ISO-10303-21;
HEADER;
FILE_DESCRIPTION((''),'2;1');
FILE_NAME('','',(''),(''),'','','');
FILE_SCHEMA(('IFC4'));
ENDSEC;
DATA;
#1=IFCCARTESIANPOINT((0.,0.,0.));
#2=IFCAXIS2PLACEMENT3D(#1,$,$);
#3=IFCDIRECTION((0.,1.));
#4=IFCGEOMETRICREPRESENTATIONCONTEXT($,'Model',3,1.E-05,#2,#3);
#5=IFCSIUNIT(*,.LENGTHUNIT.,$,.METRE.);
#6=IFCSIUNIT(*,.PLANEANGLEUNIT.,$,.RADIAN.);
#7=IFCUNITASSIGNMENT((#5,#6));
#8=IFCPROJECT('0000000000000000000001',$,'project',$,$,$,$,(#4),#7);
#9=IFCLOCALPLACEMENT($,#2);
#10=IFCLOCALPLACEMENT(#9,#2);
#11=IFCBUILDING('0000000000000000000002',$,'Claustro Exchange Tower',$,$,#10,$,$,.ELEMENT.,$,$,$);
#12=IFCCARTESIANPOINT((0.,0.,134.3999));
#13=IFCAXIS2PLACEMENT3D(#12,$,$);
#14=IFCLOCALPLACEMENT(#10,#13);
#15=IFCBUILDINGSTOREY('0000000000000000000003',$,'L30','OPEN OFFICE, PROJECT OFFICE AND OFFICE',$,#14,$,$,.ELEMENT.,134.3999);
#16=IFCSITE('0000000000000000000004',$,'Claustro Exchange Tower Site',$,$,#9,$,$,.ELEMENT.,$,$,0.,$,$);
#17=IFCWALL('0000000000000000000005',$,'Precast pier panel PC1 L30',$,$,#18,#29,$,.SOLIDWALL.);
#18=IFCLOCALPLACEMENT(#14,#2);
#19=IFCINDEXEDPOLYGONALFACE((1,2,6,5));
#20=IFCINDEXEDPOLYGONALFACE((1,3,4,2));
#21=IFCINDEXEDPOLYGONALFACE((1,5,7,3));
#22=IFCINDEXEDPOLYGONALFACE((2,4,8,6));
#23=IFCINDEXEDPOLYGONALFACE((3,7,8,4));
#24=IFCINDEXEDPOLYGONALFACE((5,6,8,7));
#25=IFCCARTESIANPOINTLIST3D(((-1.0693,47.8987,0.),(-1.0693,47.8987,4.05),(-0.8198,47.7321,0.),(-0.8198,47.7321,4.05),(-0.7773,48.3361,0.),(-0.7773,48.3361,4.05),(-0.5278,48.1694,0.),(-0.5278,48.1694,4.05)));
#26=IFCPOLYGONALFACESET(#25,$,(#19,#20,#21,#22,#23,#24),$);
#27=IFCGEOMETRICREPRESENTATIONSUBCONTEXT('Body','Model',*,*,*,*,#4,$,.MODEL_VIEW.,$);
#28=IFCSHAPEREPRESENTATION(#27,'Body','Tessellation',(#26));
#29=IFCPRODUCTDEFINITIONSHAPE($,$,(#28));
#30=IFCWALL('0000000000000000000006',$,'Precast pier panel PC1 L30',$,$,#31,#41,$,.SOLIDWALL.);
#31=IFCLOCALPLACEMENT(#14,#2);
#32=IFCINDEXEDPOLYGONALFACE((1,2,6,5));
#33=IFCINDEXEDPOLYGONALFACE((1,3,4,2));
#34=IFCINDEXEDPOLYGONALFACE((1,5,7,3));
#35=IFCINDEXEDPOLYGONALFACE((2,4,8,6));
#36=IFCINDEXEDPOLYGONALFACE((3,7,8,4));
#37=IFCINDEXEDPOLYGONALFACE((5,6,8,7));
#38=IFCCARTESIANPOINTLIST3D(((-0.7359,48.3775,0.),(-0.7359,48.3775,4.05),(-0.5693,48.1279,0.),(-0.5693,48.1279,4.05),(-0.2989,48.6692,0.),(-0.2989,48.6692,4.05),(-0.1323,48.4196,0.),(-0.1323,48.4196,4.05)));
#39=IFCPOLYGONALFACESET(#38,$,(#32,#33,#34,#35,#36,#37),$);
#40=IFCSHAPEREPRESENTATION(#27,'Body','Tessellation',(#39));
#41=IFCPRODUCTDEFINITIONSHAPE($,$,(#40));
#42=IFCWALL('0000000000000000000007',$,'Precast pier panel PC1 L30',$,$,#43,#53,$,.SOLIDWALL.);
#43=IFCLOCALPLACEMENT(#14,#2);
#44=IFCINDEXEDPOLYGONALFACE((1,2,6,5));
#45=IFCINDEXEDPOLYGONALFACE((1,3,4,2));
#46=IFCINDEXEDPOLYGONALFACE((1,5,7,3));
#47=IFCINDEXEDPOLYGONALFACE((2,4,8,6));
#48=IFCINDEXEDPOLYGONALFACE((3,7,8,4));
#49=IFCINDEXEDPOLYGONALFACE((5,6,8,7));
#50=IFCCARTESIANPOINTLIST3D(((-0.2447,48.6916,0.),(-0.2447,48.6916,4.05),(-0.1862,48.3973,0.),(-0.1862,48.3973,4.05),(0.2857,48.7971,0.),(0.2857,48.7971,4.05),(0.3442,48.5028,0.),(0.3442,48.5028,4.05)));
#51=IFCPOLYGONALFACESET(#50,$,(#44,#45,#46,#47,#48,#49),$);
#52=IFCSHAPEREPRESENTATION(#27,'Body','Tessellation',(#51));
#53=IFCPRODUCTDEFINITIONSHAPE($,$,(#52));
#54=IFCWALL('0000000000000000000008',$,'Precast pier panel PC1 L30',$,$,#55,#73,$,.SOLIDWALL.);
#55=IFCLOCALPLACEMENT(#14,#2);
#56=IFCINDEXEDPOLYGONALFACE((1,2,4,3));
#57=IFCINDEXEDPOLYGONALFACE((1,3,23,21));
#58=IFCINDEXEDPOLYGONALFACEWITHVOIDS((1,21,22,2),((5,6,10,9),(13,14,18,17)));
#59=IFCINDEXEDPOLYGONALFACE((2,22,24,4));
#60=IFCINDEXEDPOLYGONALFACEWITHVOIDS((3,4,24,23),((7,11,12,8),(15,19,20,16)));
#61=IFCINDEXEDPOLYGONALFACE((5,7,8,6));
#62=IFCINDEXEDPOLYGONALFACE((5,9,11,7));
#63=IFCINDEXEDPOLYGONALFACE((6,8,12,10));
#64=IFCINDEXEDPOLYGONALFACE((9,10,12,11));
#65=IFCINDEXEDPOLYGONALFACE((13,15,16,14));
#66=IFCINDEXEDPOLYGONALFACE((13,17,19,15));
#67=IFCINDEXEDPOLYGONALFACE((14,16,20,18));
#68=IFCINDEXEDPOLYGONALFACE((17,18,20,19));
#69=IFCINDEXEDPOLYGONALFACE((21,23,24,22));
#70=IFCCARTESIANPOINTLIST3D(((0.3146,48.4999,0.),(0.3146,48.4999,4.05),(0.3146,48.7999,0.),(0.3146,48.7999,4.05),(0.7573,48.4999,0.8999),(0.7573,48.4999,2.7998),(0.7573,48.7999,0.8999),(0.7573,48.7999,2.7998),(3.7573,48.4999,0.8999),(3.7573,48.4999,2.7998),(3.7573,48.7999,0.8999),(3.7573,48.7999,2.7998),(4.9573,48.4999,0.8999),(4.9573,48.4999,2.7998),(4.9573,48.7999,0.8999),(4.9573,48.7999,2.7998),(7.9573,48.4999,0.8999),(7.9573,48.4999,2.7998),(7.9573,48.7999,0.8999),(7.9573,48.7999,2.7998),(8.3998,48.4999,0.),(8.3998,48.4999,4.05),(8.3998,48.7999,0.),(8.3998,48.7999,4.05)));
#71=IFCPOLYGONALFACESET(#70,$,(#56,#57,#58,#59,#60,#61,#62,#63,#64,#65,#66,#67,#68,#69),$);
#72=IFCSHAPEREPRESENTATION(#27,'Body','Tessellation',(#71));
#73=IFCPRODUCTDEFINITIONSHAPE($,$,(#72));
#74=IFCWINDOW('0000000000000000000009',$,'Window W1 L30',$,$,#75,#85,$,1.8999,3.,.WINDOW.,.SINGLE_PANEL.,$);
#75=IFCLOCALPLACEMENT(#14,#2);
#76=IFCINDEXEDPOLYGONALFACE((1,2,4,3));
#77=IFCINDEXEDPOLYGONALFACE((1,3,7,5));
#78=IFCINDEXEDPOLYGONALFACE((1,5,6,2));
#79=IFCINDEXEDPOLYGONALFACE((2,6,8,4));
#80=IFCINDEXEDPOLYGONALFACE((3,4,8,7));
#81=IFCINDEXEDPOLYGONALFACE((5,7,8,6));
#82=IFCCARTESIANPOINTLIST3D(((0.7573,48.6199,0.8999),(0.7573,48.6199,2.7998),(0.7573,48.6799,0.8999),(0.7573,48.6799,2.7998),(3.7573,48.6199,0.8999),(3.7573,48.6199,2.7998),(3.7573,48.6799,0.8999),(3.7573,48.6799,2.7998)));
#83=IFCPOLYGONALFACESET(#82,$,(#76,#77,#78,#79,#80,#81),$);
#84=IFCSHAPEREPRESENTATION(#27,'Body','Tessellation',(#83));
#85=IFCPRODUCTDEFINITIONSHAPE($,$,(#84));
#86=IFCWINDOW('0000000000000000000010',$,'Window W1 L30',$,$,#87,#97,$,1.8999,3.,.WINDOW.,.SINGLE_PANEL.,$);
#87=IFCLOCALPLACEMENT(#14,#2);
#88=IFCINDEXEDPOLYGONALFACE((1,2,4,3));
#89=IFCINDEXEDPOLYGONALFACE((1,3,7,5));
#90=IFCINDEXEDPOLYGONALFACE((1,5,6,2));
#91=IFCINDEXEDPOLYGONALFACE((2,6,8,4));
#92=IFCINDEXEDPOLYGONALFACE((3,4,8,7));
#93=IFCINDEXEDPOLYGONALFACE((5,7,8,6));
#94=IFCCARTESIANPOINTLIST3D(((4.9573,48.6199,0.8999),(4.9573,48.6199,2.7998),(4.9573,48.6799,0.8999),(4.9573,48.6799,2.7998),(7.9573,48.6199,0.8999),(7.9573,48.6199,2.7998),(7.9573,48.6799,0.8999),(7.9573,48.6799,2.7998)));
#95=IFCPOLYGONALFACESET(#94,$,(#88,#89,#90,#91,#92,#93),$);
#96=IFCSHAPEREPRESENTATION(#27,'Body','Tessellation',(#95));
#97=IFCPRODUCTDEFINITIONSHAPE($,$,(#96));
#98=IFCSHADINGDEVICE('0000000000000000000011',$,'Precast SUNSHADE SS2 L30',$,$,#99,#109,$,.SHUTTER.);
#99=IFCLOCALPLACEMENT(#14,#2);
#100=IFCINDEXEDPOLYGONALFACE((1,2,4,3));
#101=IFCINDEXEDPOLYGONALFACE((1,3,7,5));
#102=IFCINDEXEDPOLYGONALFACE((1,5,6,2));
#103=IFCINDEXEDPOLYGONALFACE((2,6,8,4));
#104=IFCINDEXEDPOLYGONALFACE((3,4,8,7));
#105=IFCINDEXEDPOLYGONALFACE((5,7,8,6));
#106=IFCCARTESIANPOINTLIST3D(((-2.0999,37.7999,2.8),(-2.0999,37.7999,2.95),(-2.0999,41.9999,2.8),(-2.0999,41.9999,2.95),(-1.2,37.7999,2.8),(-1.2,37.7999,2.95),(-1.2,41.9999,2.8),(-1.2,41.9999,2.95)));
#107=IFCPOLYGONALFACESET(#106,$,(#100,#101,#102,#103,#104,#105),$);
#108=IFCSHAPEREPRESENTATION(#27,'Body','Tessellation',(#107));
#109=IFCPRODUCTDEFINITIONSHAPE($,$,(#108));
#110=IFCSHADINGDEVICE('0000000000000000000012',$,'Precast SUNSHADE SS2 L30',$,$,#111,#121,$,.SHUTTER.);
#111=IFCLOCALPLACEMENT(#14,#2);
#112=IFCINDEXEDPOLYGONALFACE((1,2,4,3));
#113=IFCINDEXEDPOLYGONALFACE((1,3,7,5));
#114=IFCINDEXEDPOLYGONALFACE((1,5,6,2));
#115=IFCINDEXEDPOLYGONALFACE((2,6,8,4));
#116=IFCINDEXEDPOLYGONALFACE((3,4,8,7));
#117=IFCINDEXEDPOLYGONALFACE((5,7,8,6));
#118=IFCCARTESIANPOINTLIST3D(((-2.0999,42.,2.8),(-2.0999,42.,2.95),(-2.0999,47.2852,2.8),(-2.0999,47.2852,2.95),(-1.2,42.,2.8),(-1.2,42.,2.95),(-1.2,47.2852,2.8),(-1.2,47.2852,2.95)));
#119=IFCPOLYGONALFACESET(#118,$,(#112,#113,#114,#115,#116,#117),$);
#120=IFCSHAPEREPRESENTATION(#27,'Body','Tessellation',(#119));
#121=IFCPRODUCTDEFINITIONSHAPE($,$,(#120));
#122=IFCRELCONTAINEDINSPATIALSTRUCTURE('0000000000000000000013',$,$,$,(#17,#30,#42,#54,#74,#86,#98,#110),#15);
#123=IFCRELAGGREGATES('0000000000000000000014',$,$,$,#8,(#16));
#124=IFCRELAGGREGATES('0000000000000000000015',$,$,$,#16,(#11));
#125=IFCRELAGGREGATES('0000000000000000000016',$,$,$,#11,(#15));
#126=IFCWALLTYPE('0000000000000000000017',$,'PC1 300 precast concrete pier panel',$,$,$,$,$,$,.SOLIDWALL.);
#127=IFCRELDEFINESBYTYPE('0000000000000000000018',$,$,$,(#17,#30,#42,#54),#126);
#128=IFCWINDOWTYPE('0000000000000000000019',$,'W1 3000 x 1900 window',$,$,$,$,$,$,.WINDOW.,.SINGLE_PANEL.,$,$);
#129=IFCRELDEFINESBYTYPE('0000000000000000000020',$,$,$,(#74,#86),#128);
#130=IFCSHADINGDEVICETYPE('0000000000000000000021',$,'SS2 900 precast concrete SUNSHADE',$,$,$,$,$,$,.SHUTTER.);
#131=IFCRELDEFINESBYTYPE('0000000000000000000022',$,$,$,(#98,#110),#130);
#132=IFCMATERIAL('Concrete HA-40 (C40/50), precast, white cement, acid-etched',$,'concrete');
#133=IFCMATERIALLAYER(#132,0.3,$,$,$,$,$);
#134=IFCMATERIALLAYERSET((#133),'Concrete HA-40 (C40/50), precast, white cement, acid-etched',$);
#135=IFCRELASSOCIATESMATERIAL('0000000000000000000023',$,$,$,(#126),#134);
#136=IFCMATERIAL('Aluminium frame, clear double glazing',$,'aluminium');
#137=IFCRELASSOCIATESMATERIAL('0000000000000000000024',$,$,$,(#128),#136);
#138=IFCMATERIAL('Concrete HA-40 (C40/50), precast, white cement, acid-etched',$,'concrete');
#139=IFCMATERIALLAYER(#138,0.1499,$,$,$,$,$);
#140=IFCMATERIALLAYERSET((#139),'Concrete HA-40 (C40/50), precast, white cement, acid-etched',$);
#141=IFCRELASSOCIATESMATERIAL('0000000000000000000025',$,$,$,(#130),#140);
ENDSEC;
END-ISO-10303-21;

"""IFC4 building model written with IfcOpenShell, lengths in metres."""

from ifc_helpers import new_model, si_unit, direction, frame, frame_2d, origin, origin_2d, place, context, subcontext, project, spatial, rectangle, extrude, material, layer, layer_set, type_object, element, fill, save


model = new_model("IFC4")

# Units and contexts
model_context = context("Model", 3, precision=1e-05, world=origin(), true_north=direction((0.0, 1.0)))
body_context = subcontext(model_context, "Body", "Model", "MODEL_VIEW")
ifc_project = project(units=[si_unit("LENGTHUNIT", "METRE"), si_unit("PLANEANGLEUNIT", "RADIAN")], contexts=[model_context])

# Site, building, storey
site_placement = place(None, origin())
site = spatial("IfcSite", under=ifc_project, at=site_placement, Name="Claustro Exchange Tower Site", CompositionType="ELEMENT", RefElevation=0.0)
building_placement = place(site_placement, origin())
building = spatial("IfcBuilding", under=site, at=building_placement, Name="Claustro Exchange Tower", CompositionType="ELEMENT")
storey_placement = place(building_placement, frame((0.0, 0.0, 134.3999)))
storey = spatial("IfcBuildingStorey", under=building, at=storey_placement, Name="L30", Description="OPEN OFFICE, PROJECT OFFICE AND OFFICE", CompositionType="ELEMENT", Elevation=134.3999)

# Shared definitions
ifc_material_1 = material(Name="Concrete HA-40 (C40/50), precast, white cement, acid-etched", Category="concrete")
ifc_layer_1 = layer(ifc_material_1, 0.3)
ifc_layer_set_1 = layer_set([ifc_layer_1], Name="Concrete HA-40 (C40/50), precast, white cement, acid-etched")
wall_type_1 = type_object("IfcWallType", Name="PC1 300 precast concrete pier panel", PredefinedType="SOLIDWALL", material=ifc_layer_set_1)

# Walls
wall_1_placement = place(storey_placement, frame((-0.9446, 47.8154, 0.0), z_axis=(0.0, 0.0, 1.0), x_axis=(0.555343, 0.831621, 0.0)))
element("IfcWall", 1, at=wall_1_placement, inside=storey, type_object=wall_type_1, Name="Precast pier panel PC1 L30", PredefinedType="SOLIDWALL", context=body_context, shape_type="SweptSolid", body=[
    extrude(rectangle(XDim=0.5259, YDim=0.3, at=frame_2d((0.2629, 0.0))), origin(), (0.0, 0.0, 1.0), 4.05),
])
wall_2_placement = place(storey_placement, frame((-0.6526, 48.2527, 0.0), z_axis=(0.0, 0.0, 1.0), x_axis=(0.831693, 0.555236, 0.0)))
element("IfcWall", 2, at=wall_2_placement, inside=storey, type_object=wall_type_1, Name="Precast pier panel PC1 L30", PredefinedType="SOLIDWALL", context=body_context, shape_type="SweptSolid", body=[
    extrude(rectangle(XDim=0.5254, YDim=0.3, at=frame_2d((0.2627, 0.0))), origin(), (0.0, 0.0, 1.0), 4.05),
])
wall_3_placement = place(storey_placement, frame((-0.2156, 48.5444, 0.0), z_axis=(0.0, 0.0, 1.0), x_axis=(0.980789, 0.195074, 0.0)))
element("IfcWall", 3, at=wall_3_placement, inside=storey, type_object=wall_type_1, Name="Precast pier panel PC1 L30", PredefinedType="SOLIDWALL", context=body_context, shape_type="SweptSolid", body=[
    extrude(rectangle(XDim=0.5408, YDim=0.3, at=frame_2d((0.2705, 0.0))), origin(), (0.0, 0.0, 1.0), 4.05),
])

# Wall, openings, windows
wall_4_placement = place(storey_placement, frame((0.3147, 48.6499, 0.0), z_axis=(0.0, 0.0, 1.0), x_axis=(1.0, 0.0, 0.0)))
wall_4 = element("IfcWall", 4, at=wall_4_placement, inside=storey, type_object=wall_type_1, Name="Precast pier panel PC1 L30", PredefinedType="SOLIDWALL", context=body_context, shape_type="SweptSolid", body=[
    extrude(rectangle(XDim=8.0852, YDim=0.3, at=frame_2d((4.0425, 0.0))), origin(), (0.0, 0.0, 1.0), 4.05),
])
opening_1_placement = place(wall_4_placement, frame((0.4426, 0.0, 0.8999)))
opening_1 = element("IfcOpeningElement", 5, at=opening_1_placement, cuts=wall_4, PredefinedType="OPENING", context=body_context, shape_type="SweptSolid", body=[
    extrude(rectangle(XDim=3.0, YDim=1.8999, at=frame_2d((1.5, 0.95))), frame((0.0, 0.1599, 0.0), z_axis=(0.0, -1.0, 0.0), x_axis=(1.0, 0.0, 0.0)), (0.0, 0.0, 1.0), 0.3201),
])
opening_2_placement = place(wall_4_placement, frame((4.6426, 0.0, 0.8999)))
opening_2 = element("IfcOpeningElement", 6, at=opening_2_placement, cuts=wall_4, PredefinedType="OPENING", context=body_context, shape_type="SweptSolid", body=[
    extrude(rectangle(XDim=3.0, YDim=1.8999, at=frame_2d((1.5, 0.95))), frame((0.0, 0.1599, 0.0), z_axis=(0.0, -1.0, 0.0), x_axis=(1.0, 0.0, 0.0)), (0.0, 0.0, 1.0), 0.3201),
])
ifc_material_2 = material(Name="Aluminium frame, clear double glazing", Category="aluminium")
window_type_1 = type_object("IfcWindowType", Name="W1 3000 x 1900 window", PartitioningType="SINGLE_PANEL", PredefinedType="WINDOW", material=ifc_material_2)
window_1_placement = place(opening_1_placement, origin())
window_1 = element("IfcWindow", 7, at=window_1_placement, inside=storey, type_object=window_type_1, Name="Window W1 L30", OverallHeight=1.8999, OverallWidth=3.0, PartitioningType="SINGLE_PANEL", PredefinedType="WINDOW", context=body_context, shape_type="SweptSolid", body=[
    extrude(rectangle(XDim=3.0, YDim=1.8999, at=frame_2d((1.5, 0.95))), frame((0.0, 0.03, 0.0), z_axis=(0.0, -1.0, 0.0), x_axis=(1.0, 0.0, 0.0)), (0.0, 0.0, 1.0), 0.0601),
])
fill(opening_1, window_1)
window_2_placement = place(opening_2_placement, origin())
window_2 = element("IfcWindow", 8, at=window_2_placement, inside=storey, type_object=window_type_1, Name="Window W1 L30", OverallHeight=1.8999, OverallWidth=3.0, PartitioningType="SINGLE_PANEL", PredefinedType="WINDOW", context=body_context, shape_type="SweptSolid", body=[
    extrude(rectangle(XDim=3.0, YDim=1.8999, at=frame_2d((1.5, 0.95))), frame((0.0, 0.03, 0.0), z_axis=(0.0, -1.0, 0.0), x_axis=(1.0, 0.0, 0.0)), (0.0, 0.0, 1.0), 0.0601),
])
fill(opening_2, window_2)

# Shading devices
ifc_material_3 = material(Name="Concrete HA-40 (C40/50), precast, white cement, acid-etched", Category="concrete")
ifc_layer_2 = layer(ifc_material_3, 0.1499)
ifc_layer_set_2 = layer_set([ifc_layer_2], Name="Concrete HA-40 (C40/50), precast, white cement, acid-etched")
shading_device_type = type_object("IfcShadingDeviceType", Name="SS2 900 precast concrete SUNSHADE", PredefinedType="SHUTTER", material=ifc_layer_set_2)
shading_device_1_placement = place(storey_placement, frame((-1.6499, 39.8999, 2.8), z_axis=(0.0, 0.0, 1.0), x_axis=(0.0, 1.0, 0.0)))
element("IfcShadingDevice", 9, at=shading_device_1_placement, inside=storey, type_object=shading_device_type, Name="Precast SUNSHADE SS2 L30", PredefinedType="SHUTTER", context=body_context, shape_type="SweptSolid", body=[
    extrude(rectangle(XDim=4.2, YDim=0.8999, at=origin_2d()), origin(), (0.0, 0.0, 1.0), 0.1499),
])
shading_device_2_placement = place(storey_placement, frame((-1.6499, 44.6426, 2.8), z_axis=(0.0, 0.0, 1.0), x_axis=(0.0, 1.0, 0.0)))
element("IfcShadingDevice", 10, at=shading_device_2_placement, inside=storey, type_object=shading_device_type, Name="Precast SUNSHADE SS2 L30", PredefinedType="SHUTTER", context=body_context, shape_type="SweptSolid", body=[
    extrude(rectangle(XDim=5.2852, YDim=0.8999, at=origin_2d()), origin(), (0.0, 0.0, 1.0), 0.1499),
])

save(model, "model.ifc")
